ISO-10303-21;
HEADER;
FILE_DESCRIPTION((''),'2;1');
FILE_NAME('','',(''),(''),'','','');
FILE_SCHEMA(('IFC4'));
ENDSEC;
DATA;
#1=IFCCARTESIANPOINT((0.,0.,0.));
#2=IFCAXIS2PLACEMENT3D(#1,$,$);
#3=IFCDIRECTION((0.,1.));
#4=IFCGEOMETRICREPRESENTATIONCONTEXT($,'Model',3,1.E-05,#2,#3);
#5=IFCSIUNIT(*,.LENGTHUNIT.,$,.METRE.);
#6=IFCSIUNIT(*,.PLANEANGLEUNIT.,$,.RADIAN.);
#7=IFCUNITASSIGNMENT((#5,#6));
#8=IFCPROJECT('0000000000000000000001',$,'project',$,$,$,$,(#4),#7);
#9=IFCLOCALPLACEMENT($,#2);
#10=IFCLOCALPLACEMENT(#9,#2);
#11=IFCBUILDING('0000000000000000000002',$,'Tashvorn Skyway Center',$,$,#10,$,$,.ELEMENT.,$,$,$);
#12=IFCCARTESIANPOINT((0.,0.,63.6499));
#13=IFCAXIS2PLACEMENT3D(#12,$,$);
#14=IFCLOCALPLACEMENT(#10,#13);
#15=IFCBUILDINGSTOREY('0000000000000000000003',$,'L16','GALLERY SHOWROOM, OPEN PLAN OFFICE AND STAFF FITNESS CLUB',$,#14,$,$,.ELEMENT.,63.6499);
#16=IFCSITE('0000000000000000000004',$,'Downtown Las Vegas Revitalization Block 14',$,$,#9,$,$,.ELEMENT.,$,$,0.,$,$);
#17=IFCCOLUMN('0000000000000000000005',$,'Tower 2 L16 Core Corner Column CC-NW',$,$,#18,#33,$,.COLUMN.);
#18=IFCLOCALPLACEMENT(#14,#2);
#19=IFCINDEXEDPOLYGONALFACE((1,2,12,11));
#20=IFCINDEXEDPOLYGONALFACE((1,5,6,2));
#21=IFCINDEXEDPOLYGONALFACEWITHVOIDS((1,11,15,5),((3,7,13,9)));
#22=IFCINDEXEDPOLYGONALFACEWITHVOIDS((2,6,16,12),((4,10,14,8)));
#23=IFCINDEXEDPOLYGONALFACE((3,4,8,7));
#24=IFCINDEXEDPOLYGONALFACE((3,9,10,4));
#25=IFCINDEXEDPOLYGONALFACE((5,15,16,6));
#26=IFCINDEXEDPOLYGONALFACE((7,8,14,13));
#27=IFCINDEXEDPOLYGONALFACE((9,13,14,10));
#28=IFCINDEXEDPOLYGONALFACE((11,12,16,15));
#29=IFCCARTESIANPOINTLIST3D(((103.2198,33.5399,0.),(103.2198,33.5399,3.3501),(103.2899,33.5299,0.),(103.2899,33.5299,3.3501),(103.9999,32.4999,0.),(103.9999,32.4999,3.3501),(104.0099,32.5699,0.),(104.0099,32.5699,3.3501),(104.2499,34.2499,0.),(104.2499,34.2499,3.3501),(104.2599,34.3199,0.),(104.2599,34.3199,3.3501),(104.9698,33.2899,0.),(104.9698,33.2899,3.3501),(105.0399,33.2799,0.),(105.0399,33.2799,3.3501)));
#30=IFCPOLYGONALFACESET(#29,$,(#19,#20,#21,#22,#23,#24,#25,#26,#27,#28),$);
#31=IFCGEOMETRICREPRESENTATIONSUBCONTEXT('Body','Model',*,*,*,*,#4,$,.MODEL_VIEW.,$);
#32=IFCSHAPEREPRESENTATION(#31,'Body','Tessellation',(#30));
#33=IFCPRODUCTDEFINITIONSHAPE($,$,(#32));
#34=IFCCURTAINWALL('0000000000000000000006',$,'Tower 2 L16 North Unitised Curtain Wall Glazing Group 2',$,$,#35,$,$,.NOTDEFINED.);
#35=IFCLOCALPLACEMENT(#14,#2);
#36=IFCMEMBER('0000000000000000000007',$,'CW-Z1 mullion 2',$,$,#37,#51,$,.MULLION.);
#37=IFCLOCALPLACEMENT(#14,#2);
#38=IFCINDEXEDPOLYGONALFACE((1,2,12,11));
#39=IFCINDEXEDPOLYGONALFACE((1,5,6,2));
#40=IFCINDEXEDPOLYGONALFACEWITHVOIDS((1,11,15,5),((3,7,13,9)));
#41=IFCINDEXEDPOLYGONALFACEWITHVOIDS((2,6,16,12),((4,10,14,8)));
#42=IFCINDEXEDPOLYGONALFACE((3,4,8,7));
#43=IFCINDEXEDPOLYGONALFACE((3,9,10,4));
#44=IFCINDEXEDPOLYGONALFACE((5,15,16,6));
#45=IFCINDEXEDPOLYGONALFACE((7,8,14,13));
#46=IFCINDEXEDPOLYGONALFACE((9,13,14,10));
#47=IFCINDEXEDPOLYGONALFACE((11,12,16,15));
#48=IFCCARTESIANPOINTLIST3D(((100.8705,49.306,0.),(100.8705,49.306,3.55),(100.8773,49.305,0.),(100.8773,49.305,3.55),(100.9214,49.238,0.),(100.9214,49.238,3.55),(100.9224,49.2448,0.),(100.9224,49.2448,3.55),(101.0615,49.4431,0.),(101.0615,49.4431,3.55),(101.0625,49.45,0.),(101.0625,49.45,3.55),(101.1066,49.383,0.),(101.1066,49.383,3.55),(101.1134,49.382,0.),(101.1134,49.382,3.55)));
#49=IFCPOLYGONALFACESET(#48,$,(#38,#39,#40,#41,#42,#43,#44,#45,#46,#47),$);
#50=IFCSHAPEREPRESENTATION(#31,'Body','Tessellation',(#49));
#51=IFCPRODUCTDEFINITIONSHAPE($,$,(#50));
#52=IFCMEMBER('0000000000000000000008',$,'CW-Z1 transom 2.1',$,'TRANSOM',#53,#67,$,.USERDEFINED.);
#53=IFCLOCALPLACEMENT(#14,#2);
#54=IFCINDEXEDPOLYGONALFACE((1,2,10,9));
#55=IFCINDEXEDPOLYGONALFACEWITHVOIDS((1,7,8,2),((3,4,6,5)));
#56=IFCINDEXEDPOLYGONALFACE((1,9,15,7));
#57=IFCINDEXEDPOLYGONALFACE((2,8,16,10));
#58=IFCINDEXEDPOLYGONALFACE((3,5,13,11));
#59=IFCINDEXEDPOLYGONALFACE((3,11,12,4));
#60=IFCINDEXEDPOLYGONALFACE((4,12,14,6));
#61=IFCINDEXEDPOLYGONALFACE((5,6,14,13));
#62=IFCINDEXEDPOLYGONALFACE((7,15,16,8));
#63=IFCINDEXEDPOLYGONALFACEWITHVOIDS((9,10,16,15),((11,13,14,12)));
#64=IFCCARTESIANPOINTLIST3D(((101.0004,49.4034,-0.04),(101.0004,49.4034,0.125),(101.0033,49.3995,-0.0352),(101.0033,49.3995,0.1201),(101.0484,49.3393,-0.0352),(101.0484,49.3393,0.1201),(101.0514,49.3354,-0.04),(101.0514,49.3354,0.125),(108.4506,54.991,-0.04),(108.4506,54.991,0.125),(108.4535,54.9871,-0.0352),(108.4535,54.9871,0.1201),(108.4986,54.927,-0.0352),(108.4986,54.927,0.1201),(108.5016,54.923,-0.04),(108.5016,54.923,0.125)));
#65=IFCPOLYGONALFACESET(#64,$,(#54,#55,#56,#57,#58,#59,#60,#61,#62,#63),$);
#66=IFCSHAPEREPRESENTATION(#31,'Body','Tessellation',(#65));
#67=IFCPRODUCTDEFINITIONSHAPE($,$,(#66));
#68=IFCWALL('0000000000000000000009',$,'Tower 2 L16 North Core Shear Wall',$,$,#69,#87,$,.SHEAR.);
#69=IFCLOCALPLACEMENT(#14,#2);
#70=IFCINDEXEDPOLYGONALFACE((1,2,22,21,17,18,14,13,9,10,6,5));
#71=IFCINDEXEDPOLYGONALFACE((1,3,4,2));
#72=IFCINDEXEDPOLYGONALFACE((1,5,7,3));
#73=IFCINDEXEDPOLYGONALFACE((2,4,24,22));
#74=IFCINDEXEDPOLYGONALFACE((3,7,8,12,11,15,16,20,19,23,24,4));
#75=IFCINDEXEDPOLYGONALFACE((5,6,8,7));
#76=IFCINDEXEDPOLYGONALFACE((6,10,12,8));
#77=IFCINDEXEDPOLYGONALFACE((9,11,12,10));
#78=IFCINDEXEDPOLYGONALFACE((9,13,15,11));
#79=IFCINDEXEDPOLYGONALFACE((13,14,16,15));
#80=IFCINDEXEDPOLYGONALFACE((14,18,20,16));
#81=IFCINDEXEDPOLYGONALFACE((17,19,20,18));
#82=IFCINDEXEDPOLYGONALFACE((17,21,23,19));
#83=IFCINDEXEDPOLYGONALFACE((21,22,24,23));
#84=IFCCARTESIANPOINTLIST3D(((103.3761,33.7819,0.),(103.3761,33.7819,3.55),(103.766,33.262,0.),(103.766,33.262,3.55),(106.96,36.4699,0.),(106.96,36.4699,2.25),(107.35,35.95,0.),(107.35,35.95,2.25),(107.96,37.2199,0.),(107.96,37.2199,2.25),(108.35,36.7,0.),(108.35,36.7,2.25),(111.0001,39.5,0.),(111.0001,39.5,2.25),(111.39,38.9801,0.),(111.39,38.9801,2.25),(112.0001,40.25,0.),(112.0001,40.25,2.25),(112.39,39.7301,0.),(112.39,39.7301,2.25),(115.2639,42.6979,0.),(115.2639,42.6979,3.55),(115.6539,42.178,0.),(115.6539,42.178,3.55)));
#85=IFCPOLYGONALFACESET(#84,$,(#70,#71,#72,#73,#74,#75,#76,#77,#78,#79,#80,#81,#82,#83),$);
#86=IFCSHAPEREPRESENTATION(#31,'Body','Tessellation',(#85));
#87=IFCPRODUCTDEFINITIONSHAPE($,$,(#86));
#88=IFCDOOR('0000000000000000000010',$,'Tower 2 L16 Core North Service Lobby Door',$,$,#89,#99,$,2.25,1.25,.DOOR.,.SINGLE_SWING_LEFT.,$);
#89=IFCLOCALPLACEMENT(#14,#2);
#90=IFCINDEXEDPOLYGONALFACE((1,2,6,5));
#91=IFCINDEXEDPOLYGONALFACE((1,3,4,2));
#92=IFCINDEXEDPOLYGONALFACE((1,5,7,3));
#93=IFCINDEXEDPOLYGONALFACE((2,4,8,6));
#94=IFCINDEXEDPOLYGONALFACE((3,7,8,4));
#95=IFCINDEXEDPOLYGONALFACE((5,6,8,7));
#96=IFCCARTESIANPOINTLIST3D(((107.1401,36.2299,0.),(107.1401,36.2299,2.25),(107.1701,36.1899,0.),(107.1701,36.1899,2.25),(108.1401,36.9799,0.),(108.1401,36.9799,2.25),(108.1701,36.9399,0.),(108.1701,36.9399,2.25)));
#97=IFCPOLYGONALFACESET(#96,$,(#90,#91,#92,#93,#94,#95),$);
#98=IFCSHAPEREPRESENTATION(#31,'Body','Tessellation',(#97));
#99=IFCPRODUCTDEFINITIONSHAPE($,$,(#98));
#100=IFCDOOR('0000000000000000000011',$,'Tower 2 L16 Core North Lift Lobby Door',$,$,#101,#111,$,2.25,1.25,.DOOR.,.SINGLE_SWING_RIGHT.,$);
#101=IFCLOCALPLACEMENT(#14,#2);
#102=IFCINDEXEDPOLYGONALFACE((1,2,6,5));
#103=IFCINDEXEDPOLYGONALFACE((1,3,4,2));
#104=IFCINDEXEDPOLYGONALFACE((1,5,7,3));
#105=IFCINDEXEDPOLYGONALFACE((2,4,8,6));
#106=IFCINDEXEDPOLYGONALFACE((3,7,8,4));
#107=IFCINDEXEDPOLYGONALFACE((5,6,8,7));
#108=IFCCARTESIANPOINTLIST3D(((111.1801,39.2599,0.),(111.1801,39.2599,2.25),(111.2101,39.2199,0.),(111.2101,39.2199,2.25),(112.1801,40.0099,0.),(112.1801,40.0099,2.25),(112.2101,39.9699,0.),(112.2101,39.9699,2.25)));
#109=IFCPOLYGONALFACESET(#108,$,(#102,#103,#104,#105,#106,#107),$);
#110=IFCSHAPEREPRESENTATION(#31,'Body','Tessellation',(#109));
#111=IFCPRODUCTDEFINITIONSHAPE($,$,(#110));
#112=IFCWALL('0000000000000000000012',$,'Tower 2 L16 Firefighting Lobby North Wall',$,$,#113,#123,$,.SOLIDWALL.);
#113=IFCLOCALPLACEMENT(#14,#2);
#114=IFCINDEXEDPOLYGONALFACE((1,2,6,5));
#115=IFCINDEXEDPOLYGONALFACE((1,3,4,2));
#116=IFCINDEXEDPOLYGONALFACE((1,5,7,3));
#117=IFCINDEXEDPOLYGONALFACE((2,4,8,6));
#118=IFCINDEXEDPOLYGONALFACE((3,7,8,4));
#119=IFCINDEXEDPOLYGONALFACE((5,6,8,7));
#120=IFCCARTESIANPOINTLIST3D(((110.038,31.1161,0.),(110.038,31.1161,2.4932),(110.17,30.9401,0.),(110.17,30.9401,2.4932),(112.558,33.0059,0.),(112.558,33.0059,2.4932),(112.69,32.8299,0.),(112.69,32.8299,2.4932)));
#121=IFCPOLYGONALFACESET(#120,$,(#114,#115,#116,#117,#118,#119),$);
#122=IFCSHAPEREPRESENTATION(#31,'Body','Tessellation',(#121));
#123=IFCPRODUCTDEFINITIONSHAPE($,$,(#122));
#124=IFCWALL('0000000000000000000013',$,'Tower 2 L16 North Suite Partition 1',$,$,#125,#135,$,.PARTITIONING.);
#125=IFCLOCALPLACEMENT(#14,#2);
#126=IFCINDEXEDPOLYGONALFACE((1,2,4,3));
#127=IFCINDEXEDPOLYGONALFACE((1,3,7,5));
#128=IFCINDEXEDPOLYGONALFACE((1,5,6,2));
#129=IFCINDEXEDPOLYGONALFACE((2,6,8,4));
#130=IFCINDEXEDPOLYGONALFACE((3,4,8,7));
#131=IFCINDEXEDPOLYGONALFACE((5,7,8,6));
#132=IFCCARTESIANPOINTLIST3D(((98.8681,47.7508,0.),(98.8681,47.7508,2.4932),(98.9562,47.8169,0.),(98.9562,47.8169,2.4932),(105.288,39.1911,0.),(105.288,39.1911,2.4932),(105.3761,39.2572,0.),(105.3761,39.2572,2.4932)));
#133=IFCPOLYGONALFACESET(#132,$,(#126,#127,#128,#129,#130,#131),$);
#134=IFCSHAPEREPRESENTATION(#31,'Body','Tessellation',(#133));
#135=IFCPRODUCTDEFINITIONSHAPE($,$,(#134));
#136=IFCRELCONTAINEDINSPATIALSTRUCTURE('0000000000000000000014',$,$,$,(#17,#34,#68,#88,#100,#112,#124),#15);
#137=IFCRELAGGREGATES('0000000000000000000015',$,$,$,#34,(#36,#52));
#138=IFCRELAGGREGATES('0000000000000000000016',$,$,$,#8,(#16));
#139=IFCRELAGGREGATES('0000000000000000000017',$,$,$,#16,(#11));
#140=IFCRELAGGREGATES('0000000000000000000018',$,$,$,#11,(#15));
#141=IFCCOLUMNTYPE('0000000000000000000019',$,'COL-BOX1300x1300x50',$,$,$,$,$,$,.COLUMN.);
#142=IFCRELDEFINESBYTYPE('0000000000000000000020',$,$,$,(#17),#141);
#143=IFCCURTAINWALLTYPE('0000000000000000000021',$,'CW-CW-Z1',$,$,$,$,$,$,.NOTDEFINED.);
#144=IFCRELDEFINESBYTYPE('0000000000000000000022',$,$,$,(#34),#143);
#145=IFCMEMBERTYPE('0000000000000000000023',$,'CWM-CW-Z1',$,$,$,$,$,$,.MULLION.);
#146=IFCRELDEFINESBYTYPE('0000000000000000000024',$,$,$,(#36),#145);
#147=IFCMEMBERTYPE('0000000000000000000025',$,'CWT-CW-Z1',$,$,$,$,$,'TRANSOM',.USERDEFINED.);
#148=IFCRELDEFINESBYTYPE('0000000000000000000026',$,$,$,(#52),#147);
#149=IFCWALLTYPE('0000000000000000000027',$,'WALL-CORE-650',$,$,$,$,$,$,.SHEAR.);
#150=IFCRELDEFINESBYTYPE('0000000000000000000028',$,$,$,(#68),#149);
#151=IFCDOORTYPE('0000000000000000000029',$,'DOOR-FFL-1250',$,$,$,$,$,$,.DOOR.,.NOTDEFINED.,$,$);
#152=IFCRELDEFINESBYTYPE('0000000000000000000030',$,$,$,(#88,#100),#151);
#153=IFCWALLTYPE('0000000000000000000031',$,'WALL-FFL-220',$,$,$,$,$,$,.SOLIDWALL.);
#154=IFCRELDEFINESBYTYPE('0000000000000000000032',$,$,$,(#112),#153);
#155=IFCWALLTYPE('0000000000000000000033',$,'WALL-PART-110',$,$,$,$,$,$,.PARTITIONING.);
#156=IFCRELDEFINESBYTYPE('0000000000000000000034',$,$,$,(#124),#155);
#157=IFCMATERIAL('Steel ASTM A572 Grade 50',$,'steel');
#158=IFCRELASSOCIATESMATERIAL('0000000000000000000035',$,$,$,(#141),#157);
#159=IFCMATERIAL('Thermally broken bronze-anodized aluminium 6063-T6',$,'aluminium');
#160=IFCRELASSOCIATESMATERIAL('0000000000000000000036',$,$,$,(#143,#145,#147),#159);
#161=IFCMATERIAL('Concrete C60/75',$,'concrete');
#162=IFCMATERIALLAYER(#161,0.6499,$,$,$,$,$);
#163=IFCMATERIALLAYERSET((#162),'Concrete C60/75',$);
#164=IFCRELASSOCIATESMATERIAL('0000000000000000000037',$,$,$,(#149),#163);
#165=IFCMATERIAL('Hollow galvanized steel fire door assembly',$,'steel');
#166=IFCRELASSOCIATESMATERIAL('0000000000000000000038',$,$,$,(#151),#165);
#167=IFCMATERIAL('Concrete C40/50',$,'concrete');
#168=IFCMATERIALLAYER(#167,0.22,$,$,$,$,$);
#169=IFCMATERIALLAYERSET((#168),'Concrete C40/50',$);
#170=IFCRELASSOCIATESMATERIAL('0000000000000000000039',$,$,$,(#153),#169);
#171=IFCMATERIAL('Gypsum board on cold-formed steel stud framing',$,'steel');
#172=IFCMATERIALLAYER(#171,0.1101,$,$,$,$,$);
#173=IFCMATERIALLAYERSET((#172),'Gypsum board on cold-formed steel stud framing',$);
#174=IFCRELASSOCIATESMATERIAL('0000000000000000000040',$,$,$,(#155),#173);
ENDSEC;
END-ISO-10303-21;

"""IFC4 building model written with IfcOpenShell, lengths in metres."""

from ifc_helpers import new_model, si_unit, direction, frame, frame_2d, origin, origin_2d, place, context, subcontext, project, spatial, rectangle, hollow_rectangle, extrude, material, layer, layer_set, material_profile, profile_set, type_object, element, fill, aggregate, save


model = new_model("IFC4")

# Units and contexts
model_context = context("Model", 3, precision=1e-05, world=origin(), true_north=direction((0.0, 1.0)))
body_context = subcontext(model_context, "Body", "Model", "MODEL_VIEW")
ifc_project = project(units=[si_unit("LENGTHUNIT", "METRE"), si_unit("PLANEANGLEUNIT", "RADIAN")], contexts=[model_context])

# Site, building, storey
site_placement = place(None, origin())
site = spatial("IfcSite", under=ifc_project, at=site_placement, Name="Downtown Las Vegas Revitalization Block 14", CompositionType="ELEMENT", RefElevation=0.0)
building_placement = place(site_placement, origin())
building = spatial("IfcBuilding", under=site, at=building_placement, Name="Tashvorn Skyway Center", CompositionType="ELEMENT")
storey_placement = place(building_placement, frame((0.0, 0.0, 63.6499)))
storey = spatial("IfcBuildingStorey", under=building, at=storey_placement, Name="L16", Description="GALLERY SHOWROOM, OPEN PLAN OFFICE AND STAFF FITNESS CLUB", CompositionType="ELEMENT", Elevation=63.6499)

# Column
ifc_material_1 = material(Name="Steel ASTM A572 Grade 50", Category="steel")
ifc_material_profile_1 = material_profile(ifc_material_1, hollow_rectangle(XDim=1.3, YDim=1.3, WallThickness=0.05, at=origin_2d()), Name="BOX1300x1300x50")
ifc_profile_set_1 = profile_set([ifc_material_profile_1], Name="Steel ASTM A572 Grade 50")
column_type = type_object("IfcColumnType", Name="COL-BOX1300x1300x50", PredefinedType="COLUMN", material=ifc_profile_set_1)
column_placement = place(storey_placement, frame((104.1299, 33.4099, 0.0), z_axis=(0.0, 0.0, 1.0), x_axis=(0.8, 0.6, 0.0)))
element("IfcColumn", 1, at=column_placement, inside=storey, type_object=column_type, Name="Tower 2 L16 Core Corner Column CC-NW", PredefinedType="COLUMN", context=body_context, shape_type="SweptSolid", body=[
    extrude(hollow_rectangle(XDim=1.3, YDim=1.3, WallThickness=0.05, at=origin_2d()), origin(), (0.0, 0.0, 1.0), 3.3501),
])

# Curtain wall, members
ifc_material_2 = material(Name="Thermally broken bronze-anodized aluminium 6063-T6", Category="aluminium")
curtain_wall_type = type_object("IfcCurtainWallType", Name="CW-CW-Z1", PredefinedType="NOTDEFINED", material=ifc_material_2)
curtain_wall_placement = place(storey_placement, origin())
curtain_wall = element("IfcCurtainWall", 2, at=curtain_wall_placement, inside=storey, type_object=curtain_wall_type, Name="Tower 2 L16 North Unitised Curtain Wall Glazing Group 2", PredefinedType="NOTDEFINED")
ifc_material_profile_2 = material_profile(ifc_material_2, hollow_rectangle(XDim=0.085, YDim=0.24, WallThickness=0.0049, at=origin_2d()), Name="ALU-MULL-85x240")
ifc_profile_set_2 = profile_set([ifc_material_profile_2], Name="Thermally broken bronze-anodized aluminium 6063-T6")
member_type_1 = type_object("IfcMemberType", Name="CWM-CW-Z1", PredefinedType="MULLION", material=ifc_profile_set_2)
member_1_placement = place(storey_placement, frame((100.9919, 49.344, 0.0), z_axis=(0.0, 0.0, 1.0), x_axis=(-0.6, 0.8, 0.0)))
member_1 = element("IfcMember", 3, at=member_1_placement, type_object=member_type_1, Name="CW-Z1 mullion 2", PredefinedType="MULLION", context=body_context, shape_type="SweptSolid", body=[
    extrude(hollow_rectangle(XDim=0.085, YDim=0.24, WallThickness=0.0049, at=origin_2d()), origin(), (0.0, 0.0, 1.0), 3.55),
])
ifc_material_profile_3 = material_profile(ifc_material_2, hollow_rectangle(XDim=0.085, YDim=0.165, WallThickness=0.0049, at=origin_2d()), Name="ALU-TRAN-85x165")
ifc_profile_set_3 = profile_set([ifc_material_profile_3], Name="Thermally broken bronze-anodized aluminium 6063-T6")
member_type_2 = type_object("IfcMemberType", Name="CWT-CW-Z1", ElementType="TRANSOM", PredefinedType="USERDEFINED", material=ifc_profile_set_3)
member_2_placement = place(storey_placement, frame((101.0259, 49.3694, 0.0425), z_axis=(0.8, 0.6, 0.0), x_axis=(-0.6, 0.8, 0.0)))
member_2 = element("IfcMember", 4, at=member_2_placement, type_object=member_type_2, Name="CW-Z1 transom 2.1", ObjectType="TRANSOM", PredefinedType="USERDEFINED", context=body_context, shape_type="SweptSolid", body=[
    extrude(hollow_rectangle(XDim=0.085, YDim=0.165, WallThickness=0.0049, at=origin_2d()), origin(), (0.0, 0.0, 1.0), 9.3127),
])
aggregate(curtain_wall, [member_1, member_2])

# Wall, openings, doors
ifc_material_3 = material(Name="Concrete C60/75", Category="concrete")
ifc_layer_1 = layer(ifc_material_3, 0.6499)
ifc_layer_set_1 = layer_set([ifc_layer_1], Name="Concrete C60/75")
wall_type_1 = type_object("IfcWallType", Name="WALL-CORE-650", PredefinedType="SHEAR", material=ifc_layer_set_1)
wall_1_placement = place(storey_placement, frame((103.571, 33.522, 0.0), z_axis=(0.0, 0.0, 1.0), x_axis=(0.799998, 0.600003, 0.0)))
wall_1 = element("IfcWall", 5, at=wall_1_placement, inside=storey, type_object=wall_type_1, Name="Tower 2 L16 North Core Shear Wall", PredefinedType="SHEAR", context=body_context, shape_type="SweptSolid", body=[
    extrude(rectangle(XDim=14.8599, YDim=0.6499, at=frame_2d((7.4299, 0.0))), origin(), (0.0, 0.0, 1.0), 3.55),
])
opening_1_placement = place(wall_1_placement, frame((4.48, 0.0, 0.0)))
opening_1 = element("IfcOpeningElement", 6, at=opening_1_placement, cuts=wall_1, PredefinedType="OPENING", context=body_context, shape_type="SweptSolid", body=[
    extrude(rectangle(XDim=1.25, YDim=2.25, at=frame_2d((0.625, 1.125))), frame((0.0, 0.335, 0.0), z_axis=(0.0, -1.0, 0.0), x_axis=(1.0, 0.0, 0.0)), (0.0, 0.0, 1.0), 0.6699),
])
opening_2_placement = place(wall_1_placement, frame((9.53, 0.0, 0.0)))
opening_2 = element("IfcOpeningElement", 7, at=opening_2_placement, cuts=wall_1, PredefinedType="OPENING", context=body_context, shape_type="SweptSolid", body=[
    extrude(rectangle(XDim=1.25, YDim=2.25, at=frame_2d((0.625, 1.125))), frame((0.0, 0.335, 0.0), z_axis=(0.0, -1.0, 0.0), x_axis=(1.0, 0.0, 0.0)), (0.0, 0.0, 1.0), 0.6699),
])
ifc_material_4 = material(Name="Hollow galvanized steel fire door assembly", Category="steel")
door_type_1 = type_object("IfcDoorType", Name="DOOR-FFL-1250", OperationType="NOTDEFINED", PredefinedType="DOOR", material=ifc_material_4)
door_1_placement = place(opening_1_placement, origin())
door_1 = element("IfcDoor", 8, at=door_1_placement, inside=storey, type_object=door_type_1, Name="Tower 2 L16 Core North Service Lobby Door", OperationType="SINGLE_SWING_LEFT", OverallHeight=2.25, OverallWidth=1.25, PredefinedType="DOOR", context=body_context, shape_type="SweptSolid", body=[
    extrude(rectangle(XDim=1.25, YDim=2.25, at=frame_2d((0.625, 1.125))), frame((0.0, 0.0249, 0.0), z_axis=(0.0, -1.0, 0.0), x_axis=(1.0, 0.0, 0.0)), (0.0, 0.0, 1.0), 0.05),
])
fill(opening_1, door_1)
door_2_placement = place(opening_2_placement, origin())
door_2 = element("IfcDoor", 9, at=door_2_placement, inside=storey, type_object=door_type_1, Name="Tower 2 L16 Core North Lift Lobby Door", OperationType="SINGLE_SWING_RIGHT", OverallHeight=2.25, OverallWidth=1.25, PredefinedType="DOOR", context=body_context, shape_type="SweptSolid", body=[
    extrude(rectangle(XDim=1.25, YDim=2.25, at=frame_2d((0.625, 1.125))), frame((0.0, 0.0249, 0.0), z_axis=(0.0, -1.0, 0.0), x_axis=(1.0, 0.0, 0.0)), (0.0, 0.0, 1.0), 0.05),
])
fill(opening_2, door_2)

# Walls
ifc_material_5 = material(Name="Concrete C40/50", Category="concrete")
ifc_layer_2 = layer(ifc_material_5, 0.22)
ifc_layer_set_2 = layer_set([ifc_layer_2], Name="Concrete C40/50")
wall_type_2 = type_object("IfcWallType", Name="WALL-FFL-220", PredefinedType="SOLIDWALL", material=ifc_layer_set_2)
wall_2_placement = place(storey_placement, frame((110.104, 31.0281, 0.0), z_axis=(0.0, 0.0, 1.0), x_axis=(0.800019, 0.599975, 0.0)))
element("IfcWall", 10, at=wall_2_placement, inside=storey, type_object=wall_type_2, Name="Tower 2 L16 Firefighting Lobby North Wall", PredefinedType="SOLIDWALL", context=body_context, shape_type="SweptSolid", body=[
    extrude(rectangle(XDim=3.1499, YDim=0.22, at=frame_2d((1.575, 0.0))), origin(), (0.0, 0.0, 1.0), 2.4932),
])
ifc_material_6 = material(Name="Gypsum board on cold-formed steel stud framing", Category="steel")
ifc_layer_3 = layer(ifc_material_6, 0.1101)
ifc_layer_set_3 = layer_set([ifc_layer_3], Name="Gypsum board on cold-formed steel stud framing")
wall_type_3 = type_object("IfcWallType", Name="WALL-PART-110", PredefinedType="PARTITIONING", material=ifc_layer_set_3)
wall_3_placement = place(storey_placement, frame((105.332, 39.2241, 0.0), z_axis=(0.0, 0.0, 1.0), x_axis=(-0.600004, 0.799997, 0.0)))
element("IfcWall", 11, at=wall_3_placement, inside=storey, type_object=wall_type_3, Name="Tower 2 L16 North Suite Partition 1", PredefinedType="PARTITIONING", context=body_context, shape_type="SweptSolid", body=[
    extrude(rectangle(XDim=10.6997, YDim=0.1101, at=frame_2d((5.3499, 0.0))), origin(), (0.0, 0.0, 1.0), 2.4932),
])

save(model, "model.ifc")
